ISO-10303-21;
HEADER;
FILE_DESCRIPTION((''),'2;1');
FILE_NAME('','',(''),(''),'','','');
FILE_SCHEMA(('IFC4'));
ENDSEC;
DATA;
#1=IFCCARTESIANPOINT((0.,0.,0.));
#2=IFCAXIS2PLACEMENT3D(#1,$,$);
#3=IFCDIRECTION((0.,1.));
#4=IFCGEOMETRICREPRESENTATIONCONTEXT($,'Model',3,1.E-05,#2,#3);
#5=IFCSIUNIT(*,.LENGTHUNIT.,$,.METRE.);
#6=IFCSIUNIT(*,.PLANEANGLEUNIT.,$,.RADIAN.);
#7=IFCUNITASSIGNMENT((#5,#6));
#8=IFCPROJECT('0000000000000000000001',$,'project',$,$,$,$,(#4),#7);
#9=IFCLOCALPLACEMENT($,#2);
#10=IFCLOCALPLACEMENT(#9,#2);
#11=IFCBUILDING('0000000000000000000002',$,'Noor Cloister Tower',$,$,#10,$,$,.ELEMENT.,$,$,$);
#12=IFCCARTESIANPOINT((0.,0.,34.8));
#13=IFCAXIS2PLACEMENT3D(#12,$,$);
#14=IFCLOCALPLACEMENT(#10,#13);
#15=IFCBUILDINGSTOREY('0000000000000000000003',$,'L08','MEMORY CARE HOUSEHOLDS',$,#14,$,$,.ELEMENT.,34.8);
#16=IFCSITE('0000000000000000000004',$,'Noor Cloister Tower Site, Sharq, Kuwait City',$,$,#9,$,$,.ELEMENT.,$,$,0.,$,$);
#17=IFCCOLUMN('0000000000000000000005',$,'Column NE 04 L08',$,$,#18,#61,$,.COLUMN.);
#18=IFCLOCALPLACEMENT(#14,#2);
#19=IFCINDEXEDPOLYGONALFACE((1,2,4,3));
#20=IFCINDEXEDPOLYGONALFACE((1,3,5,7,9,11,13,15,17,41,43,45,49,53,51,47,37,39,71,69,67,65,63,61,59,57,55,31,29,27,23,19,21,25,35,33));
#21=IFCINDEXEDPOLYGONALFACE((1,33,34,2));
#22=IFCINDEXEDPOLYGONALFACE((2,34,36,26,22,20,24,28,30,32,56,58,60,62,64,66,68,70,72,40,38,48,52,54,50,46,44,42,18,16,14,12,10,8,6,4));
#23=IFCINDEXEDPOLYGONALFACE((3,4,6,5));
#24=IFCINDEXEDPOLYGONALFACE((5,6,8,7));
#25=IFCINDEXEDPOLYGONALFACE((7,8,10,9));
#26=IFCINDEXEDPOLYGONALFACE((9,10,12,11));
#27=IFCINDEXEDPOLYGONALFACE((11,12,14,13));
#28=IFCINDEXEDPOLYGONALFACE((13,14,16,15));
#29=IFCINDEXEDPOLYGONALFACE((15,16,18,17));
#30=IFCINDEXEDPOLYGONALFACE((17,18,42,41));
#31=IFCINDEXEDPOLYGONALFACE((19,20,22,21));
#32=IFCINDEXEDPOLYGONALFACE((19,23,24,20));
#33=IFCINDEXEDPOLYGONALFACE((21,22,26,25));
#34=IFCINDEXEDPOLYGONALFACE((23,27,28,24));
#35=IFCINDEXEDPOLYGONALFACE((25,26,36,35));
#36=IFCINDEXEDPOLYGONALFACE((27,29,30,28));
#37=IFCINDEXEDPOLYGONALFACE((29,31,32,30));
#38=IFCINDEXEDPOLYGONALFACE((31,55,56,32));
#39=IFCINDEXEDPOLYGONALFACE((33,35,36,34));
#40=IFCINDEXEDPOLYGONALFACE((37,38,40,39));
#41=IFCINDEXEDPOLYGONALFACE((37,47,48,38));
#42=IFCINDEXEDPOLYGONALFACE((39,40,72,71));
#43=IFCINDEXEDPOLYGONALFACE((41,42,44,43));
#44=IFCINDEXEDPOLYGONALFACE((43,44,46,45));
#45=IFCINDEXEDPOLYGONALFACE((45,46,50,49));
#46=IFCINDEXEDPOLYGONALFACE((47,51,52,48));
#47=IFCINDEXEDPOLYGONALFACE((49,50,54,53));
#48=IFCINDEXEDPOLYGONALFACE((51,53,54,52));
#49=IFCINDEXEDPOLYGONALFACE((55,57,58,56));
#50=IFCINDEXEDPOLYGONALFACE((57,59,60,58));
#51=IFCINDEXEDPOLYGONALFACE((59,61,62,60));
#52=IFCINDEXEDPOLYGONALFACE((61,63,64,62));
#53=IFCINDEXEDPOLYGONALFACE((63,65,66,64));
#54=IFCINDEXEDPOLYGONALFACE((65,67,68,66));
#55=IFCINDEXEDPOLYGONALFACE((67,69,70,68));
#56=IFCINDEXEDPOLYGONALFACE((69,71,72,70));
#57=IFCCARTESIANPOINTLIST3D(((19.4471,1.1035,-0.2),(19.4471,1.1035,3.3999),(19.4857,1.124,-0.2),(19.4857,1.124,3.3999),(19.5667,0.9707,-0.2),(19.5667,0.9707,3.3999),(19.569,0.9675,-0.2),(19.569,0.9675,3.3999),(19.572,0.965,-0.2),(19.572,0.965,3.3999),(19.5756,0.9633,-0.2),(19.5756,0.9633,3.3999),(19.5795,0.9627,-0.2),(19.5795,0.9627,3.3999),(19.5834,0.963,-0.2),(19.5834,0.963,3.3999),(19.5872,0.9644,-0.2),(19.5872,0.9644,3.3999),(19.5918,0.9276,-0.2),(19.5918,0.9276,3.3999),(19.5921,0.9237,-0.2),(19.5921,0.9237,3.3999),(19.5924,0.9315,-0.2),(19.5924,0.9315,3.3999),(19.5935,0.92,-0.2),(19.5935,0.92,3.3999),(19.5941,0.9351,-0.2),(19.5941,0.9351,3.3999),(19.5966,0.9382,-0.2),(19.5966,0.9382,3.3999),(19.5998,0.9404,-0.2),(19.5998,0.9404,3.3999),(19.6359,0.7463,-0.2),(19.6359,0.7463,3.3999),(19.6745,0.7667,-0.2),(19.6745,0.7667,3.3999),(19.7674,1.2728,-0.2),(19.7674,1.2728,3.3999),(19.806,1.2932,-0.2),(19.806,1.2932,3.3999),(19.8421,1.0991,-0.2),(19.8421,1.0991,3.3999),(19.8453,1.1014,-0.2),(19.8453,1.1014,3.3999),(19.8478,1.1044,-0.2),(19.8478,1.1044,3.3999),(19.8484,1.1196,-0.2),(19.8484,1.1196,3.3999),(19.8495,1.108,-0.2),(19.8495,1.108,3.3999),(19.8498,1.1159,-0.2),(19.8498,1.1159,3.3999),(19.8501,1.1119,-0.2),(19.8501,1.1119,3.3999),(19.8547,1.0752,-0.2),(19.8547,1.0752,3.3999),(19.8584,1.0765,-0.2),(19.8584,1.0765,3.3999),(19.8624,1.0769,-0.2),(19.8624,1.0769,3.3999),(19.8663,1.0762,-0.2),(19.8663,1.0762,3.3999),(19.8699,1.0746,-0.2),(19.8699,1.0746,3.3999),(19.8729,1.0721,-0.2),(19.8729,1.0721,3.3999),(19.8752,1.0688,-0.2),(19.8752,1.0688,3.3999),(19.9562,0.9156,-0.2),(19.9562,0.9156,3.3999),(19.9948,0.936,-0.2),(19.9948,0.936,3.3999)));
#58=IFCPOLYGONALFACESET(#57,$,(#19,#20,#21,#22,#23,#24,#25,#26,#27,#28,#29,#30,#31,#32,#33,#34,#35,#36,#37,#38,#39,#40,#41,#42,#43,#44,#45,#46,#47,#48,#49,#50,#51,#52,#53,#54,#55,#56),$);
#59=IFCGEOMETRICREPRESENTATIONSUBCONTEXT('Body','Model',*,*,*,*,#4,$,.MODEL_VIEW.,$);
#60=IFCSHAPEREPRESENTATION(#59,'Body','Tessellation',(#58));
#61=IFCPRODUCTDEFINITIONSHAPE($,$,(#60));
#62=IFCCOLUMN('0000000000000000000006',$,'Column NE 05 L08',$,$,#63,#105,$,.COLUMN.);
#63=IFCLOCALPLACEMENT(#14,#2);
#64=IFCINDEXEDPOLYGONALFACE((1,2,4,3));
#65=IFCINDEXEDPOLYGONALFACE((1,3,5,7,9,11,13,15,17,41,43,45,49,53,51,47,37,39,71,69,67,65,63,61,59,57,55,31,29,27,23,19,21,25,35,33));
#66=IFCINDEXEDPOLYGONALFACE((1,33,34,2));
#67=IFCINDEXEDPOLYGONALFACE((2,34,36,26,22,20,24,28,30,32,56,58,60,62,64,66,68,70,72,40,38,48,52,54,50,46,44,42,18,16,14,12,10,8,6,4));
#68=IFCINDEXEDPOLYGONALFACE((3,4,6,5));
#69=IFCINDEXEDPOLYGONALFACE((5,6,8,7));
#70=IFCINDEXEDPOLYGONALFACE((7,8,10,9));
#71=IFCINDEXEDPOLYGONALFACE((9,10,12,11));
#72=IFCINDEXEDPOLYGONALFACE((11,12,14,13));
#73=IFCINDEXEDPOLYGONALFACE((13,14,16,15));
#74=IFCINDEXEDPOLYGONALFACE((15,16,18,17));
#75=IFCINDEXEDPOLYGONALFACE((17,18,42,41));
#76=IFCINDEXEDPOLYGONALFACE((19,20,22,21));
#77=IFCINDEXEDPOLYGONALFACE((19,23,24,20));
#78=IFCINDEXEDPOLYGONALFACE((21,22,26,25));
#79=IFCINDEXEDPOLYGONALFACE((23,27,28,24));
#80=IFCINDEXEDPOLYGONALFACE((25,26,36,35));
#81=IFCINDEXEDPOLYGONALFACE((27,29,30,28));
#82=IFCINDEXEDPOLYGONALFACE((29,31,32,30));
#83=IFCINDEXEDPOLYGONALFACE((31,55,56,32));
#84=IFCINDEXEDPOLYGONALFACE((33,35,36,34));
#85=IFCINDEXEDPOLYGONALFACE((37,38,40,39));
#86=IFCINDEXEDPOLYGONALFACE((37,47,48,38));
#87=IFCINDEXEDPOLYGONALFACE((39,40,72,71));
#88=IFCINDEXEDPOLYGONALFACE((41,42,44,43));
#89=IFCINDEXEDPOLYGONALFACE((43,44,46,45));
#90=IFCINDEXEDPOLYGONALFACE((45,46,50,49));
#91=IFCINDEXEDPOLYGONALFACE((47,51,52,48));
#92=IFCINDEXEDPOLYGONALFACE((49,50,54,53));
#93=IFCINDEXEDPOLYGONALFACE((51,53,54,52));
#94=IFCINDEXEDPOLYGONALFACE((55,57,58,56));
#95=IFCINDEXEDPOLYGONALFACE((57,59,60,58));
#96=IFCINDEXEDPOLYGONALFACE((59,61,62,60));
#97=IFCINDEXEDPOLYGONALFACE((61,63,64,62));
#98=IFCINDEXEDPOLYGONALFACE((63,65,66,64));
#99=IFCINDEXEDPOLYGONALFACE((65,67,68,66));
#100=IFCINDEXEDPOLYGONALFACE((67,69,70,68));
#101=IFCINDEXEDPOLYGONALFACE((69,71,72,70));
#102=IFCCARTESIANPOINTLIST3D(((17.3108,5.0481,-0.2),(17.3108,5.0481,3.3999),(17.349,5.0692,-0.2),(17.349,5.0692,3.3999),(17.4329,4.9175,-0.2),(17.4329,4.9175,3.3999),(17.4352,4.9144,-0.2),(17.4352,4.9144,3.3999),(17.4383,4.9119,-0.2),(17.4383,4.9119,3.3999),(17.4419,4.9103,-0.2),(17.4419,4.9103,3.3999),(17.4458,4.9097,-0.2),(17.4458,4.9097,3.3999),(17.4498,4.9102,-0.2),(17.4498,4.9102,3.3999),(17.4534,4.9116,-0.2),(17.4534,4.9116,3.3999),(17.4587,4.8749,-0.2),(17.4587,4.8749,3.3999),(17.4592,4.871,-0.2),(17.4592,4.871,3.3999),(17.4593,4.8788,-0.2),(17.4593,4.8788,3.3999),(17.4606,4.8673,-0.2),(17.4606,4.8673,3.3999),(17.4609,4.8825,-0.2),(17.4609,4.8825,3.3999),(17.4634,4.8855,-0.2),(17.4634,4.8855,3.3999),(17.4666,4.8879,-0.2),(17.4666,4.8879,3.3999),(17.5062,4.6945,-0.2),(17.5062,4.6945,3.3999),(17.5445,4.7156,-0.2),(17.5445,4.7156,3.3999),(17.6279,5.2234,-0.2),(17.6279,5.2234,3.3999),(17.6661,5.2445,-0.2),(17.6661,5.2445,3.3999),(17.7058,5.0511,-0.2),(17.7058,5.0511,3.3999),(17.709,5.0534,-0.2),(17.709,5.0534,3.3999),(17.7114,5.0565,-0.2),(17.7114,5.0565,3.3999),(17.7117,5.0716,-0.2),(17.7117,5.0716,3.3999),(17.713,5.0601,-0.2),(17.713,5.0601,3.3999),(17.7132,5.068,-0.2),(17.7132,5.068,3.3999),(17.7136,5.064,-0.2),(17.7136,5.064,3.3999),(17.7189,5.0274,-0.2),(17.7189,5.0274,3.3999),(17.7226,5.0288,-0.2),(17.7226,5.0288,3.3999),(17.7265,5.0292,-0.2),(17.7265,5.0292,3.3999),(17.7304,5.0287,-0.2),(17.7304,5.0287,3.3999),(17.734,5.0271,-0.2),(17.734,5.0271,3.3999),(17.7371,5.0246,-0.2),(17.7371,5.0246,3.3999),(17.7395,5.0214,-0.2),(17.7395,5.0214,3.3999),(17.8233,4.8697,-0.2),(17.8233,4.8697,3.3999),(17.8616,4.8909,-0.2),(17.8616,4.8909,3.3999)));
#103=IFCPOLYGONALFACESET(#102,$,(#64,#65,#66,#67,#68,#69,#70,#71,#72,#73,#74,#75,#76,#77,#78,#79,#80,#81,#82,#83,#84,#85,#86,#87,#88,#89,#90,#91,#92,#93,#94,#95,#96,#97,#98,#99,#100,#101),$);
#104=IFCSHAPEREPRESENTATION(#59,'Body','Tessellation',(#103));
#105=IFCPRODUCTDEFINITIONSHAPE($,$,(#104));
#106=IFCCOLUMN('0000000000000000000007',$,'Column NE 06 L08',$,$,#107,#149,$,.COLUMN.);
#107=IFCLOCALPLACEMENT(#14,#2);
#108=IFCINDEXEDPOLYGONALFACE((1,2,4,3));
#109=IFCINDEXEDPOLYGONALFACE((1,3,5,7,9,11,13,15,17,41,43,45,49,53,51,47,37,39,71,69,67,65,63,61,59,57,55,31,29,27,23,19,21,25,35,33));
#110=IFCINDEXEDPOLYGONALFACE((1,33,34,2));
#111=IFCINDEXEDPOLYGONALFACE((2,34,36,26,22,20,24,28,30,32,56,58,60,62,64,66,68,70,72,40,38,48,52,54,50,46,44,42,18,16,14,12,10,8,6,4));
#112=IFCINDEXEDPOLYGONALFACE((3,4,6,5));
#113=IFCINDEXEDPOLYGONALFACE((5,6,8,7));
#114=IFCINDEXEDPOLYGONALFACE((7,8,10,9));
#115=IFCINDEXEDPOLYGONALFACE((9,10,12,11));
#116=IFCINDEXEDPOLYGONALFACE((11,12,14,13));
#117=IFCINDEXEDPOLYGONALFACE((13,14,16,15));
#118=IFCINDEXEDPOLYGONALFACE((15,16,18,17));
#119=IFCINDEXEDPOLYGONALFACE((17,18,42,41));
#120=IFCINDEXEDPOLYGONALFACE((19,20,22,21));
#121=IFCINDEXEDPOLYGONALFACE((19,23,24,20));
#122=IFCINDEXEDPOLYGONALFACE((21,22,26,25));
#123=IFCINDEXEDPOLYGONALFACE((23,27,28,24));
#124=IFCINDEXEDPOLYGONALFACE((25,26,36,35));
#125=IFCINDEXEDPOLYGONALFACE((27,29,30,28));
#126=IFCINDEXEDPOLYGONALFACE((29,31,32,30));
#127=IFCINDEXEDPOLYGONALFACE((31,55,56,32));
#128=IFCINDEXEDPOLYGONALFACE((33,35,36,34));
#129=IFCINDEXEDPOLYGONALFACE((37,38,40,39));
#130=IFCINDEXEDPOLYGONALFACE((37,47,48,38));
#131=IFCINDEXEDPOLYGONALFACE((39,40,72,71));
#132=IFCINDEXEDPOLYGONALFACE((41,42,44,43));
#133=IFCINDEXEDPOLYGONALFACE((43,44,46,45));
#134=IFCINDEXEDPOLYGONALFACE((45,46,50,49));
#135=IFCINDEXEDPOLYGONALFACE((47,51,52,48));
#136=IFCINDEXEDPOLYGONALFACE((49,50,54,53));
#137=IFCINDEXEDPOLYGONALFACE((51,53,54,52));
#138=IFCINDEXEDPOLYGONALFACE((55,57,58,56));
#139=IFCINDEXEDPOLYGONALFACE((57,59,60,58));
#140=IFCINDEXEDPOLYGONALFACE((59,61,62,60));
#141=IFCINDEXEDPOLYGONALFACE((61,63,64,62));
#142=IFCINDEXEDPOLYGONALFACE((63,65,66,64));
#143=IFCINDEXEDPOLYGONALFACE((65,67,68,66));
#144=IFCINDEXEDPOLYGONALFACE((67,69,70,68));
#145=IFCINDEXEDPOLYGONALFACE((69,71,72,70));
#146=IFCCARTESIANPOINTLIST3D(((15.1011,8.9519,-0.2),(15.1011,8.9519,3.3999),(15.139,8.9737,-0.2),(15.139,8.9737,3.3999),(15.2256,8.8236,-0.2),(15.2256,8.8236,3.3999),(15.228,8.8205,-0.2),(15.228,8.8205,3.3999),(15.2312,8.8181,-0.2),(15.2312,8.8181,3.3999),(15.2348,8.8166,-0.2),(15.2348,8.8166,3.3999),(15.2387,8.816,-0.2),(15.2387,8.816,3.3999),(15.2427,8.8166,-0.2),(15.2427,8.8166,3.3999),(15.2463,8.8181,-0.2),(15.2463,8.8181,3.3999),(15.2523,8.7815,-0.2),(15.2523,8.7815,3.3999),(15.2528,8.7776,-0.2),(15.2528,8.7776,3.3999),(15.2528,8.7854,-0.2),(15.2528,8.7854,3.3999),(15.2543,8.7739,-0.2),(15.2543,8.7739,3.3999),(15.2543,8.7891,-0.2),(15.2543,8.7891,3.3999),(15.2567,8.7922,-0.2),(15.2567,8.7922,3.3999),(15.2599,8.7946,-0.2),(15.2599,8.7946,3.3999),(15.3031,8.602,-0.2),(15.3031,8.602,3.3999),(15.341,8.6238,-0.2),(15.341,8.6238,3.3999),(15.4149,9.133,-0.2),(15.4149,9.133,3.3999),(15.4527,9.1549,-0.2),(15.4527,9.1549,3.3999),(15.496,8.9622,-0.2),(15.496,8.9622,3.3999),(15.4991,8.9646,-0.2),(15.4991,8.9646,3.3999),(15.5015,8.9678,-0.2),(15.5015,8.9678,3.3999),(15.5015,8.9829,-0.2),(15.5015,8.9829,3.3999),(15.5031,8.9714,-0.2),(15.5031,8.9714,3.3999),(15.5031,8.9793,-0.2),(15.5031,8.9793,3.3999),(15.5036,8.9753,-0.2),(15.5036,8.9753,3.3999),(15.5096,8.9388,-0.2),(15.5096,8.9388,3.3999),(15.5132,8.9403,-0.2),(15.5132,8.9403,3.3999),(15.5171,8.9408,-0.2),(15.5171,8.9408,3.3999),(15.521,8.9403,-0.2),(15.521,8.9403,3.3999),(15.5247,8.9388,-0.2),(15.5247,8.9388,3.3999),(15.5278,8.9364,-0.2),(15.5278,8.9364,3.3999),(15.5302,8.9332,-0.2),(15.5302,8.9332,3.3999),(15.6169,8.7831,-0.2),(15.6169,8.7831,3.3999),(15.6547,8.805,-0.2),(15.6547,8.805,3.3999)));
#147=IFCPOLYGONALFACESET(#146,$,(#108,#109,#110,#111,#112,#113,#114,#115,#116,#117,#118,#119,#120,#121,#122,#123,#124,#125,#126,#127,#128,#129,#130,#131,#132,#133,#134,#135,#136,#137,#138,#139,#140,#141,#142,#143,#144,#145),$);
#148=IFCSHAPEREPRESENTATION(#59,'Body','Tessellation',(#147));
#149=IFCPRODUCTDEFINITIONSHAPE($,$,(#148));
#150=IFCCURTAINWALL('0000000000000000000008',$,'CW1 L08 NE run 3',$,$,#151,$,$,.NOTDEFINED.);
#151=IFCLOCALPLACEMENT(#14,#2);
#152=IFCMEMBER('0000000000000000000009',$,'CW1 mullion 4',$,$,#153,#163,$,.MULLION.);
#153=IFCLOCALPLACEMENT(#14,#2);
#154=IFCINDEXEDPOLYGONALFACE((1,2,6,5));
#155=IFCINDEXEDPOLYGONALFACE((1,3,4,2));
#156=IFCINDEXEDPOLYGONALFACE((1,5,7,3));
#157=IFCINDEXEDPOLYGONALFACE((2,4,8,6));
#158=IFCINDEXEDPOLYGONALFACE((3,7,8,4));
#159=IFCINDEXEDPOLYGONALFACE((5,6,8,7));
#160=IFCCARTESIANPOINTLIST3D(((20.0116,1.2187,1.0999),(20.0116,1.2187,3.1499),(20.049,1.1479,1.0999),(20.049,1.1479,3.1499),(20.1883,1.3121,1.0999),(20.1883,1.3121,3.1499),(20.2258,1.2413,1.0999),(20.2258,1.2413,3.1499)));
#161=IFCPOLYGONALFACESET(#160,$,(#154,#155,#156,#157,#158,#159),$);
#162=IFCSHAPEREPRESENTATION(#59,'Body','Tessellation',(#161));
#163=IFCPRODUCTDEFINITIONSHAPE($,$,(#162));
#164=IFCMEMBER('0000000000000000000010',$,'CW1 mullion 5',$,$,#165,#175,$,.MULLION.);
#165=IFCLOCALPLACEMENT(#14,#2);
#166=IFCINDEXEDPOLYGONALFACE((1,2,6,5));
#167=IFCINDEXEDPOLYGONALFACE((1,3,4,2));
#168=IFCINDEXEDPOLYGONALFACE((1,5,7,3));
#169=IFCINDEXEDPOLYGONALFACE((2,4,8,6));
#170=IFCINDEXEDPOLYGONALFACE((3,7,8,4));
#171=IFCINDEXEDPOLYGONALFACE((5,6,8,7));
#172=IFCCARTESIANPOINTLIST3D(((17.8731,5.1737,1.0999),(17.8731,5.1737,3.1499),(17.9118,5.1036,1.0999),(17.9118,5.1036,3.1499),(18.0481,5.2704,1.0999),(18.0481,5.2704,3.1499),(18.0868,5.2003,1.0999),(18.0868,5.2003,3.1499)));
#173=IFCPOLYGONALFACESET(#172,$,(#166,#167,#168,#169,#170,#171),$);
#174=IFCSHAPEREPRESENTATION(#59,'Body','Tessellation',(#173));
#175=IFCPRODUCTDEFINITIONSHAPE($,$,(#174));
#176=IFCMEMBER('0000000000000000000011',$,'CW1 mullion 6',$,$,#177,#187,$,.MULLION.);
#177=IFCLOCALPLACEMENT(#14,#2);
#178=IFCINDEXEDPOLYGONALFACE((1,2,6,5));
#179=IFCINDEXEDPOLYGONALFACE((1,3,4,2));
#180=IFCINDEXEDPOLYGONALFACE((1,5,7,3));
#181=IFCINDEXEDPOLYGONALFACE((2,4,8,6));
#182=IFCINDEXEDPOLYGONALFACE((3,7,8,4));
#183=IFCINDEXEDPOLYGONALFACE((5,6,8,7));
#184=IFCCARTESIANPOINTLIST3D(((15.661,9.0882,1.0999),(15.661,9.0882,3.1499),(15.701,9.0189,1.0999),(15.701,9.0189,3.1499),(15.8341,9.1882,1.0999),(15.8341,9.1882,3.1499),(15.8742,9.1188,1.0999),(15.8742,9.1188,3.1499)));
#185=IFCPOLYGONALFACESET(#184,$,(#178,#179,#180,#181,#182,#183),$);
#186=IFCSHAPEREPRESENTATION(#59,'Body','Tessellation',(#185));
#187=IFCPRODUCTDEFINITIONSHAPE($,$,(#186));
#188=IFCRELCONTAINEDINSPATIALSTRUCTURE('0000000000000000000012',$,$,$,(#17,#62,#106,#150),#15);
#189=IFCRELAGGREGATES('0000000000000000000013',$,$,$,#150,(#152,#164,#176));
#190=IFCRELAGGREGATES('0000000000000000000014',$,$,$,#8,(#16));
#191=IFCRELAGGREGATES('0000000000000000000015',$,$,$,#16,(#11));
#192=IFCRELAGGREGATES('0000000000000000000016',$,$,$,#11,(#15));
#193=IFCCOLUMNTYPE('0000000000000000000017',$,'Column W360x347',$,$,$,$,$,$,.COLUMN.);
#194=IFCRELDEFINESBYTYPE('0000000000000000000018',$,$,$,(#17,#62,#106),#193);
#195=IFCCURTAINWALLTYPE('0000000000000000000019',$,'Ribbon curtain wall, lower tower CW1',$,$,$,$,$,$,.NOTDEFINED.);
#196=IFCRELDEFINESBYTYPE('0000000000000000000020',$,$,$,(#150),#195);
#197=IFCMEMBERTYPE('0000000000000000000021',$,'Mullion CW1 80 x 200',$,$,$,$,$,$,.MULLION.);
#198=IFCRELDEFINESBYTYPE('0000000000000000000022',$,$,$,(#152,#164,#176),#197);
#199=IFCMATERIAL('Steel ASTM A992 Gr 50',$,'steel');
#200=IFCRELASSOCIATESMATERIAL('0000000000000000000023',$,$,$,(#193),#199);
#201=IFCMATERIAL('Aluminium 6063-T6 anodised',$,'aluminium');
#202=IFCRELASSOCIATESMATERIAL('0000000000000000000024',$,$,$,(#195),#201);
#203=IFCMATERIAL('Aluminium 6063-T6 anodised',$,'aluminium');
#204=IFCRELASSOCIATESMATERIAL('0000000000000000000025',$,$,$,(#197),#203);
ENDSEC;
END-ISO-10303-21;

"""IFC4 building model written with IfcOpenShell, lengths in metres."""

from ifc_helpers import new_model, si_unit, direction, frame, origin, origin_2d, place, context, subcontext, project, spatial, rectangle, i_section, extrude, material, material_profile, profile_set, type_object, element, aggregate, save


model = new_model("IFC4")

# Units and contexts
model_context = context("Model", 3, precision=1e-05, world=origin(), true_north=direction((0.0, 1.0)))
body_context = subcontext(model_context, "Body", "Model", "MODEL_VIEW")
ifc_project = project(units=[si_unit("LENGTHUNIT", "METRE"), si_unit("PLANEANGLEUNIT", "RADIAN")], contexts=[model_context])

# Site, building, storey
site_placement = place(None, origin())
site = spatial("IfcSite", under=ifc_project, at=site_placement, Name="Noor Cloister Tower Site, Sharq, Kuwait City", CompositionType="ELEMENT", RefElevation=0.0)
building_placement = place(site_placement, origin())
building = spatial("IfcBuilding", under=site, at=building_placement, Name="Noor Cloister Tower", CompositionType="ELEMENT")
storey_placement = place(building_placement, frame((0.0, 0.0, 34.8)))
storey = spatial("IfcBuildingStorey", under=building, at=storey_placement, Name="L08", Description="MEMORY CARE HOUSEHOLDS", CompositionType="ELEMENT", Elevation=34.8)

# Columns
ifc_material_1 = material(Name="Steel ASTM A992 Gr 50", Category="steel")
ifc_material_profile_1 = material_profile(ifc_material_1, i_section(OverallWidth=0.4041, OverallDepth=0.406, WebThickness=0.0271, FlangeThickness=0.0437, FilletRadius=0.0151, at=origin_2d()), Name="W360x347")
ifc_profile_set_1 = profile_set([ifc_material_profile_1], Name="Steel ASTM A992 Gr 50")
column_type = type_object("IfcColumnType", Name="Column W360x347", PredefinedType="COLUMN", material=ifc_profile_set_1)
for number, where, z_axis, x_axis, name in (
    (1, (19.7209, 1.0198, -0.2), (0.0, 0.0, 1.0), (-0.46722, 0.884141, 0.0), "Column NE 04 L08"),
    (2, (17.5862, 4.9695, -0.2), (0.0, 0.0, 1.0), (-0.483695, 0.875237, 0.0), "Column NE 05 L08"),
    (3, (15.3779, 8.8784, -0.2), (0.0, 0.0, 1.0), (-0.5, 0.866025, 0.0), "Column NE 06 L08"),
):
    element("IfcColumn", number, at=place(storey_placement, frame(where, z_axis=z_axis, x_axis=x_axis)), inside=storey, type_object=column_type, Name=name, PredefinedType="COLUMN", context=body_context, shape_type="SweptSolid", body=[
        extrude(i_section(OverallWidth=0.4041, OverallDepth=0.406, WebThickness=0.0271, FlangeThickness=0.0437, FilletRadius=0.0151, at=origin_2d()), origin(), (0.0, 0.0, 1.0), 3.5999),
    ])

# Curtain wall, members
ifc_material_2 = material(Name="Aluminium 6063-T6 anodised", Category="aluminium")
curtain_wall_type = type_object("IfcCurtainWallType", Name="Ribbon curtain wall, lower tower CW1", PredefinedType="NOTDEFINED", material=ifc_material_2)
curtain_wall_placement = place(storey_placement, origin())
curtain_wall = element("IfcCurtainWall", 4, at=curtain_wall_placement, inside=storey, type_object=curtain_wall_type, Name="CW1 L08 NE run 3", PredefinedType="NOTDEFINED")
ifc_material_3 = material(Name="Aluminium 6063-T6 anodised", Category="aluminium")
ifc_material_profile_2 = material_profile(ifc_material_3, rectangle(XDim=0.2, YDim=0.0801, at=origin_2d()), Name="200 x 80 mullion")
ifc_profile_set_2 = profile_set([ifc_material_profile_2], Name="Aluminium 6063-T6 anodised")
member_type = type_object("IfcMemberType", Name="Mullion CW1 80 x 200", PredefinedType="MULLION", material=ifc_profile_set_2)
member_1_placement = place(storey_placement, frame((20.1187, 1.23, 1.0999), z_axis=(0.0, 0.0, 1.0), x_axis=(-0.884141, -0.46722, 0.0)))
member_1 = element("IfcMember", 5, at=member_1_placement, type_object=member_type, Name="CW1 mullion 4", PredefinedType="MULLION", context=body_context, shape_type="SweptSolid", body=[
    extrude(rectangle(XDim=0.2, YDim=0.0801, at=origin_2d()), origin(), (0.0, 0.0, 1.0), 2.05),
])
member_2_placement = place(storey_placement, frame((17.98, 5.187, 1.0999), z_axis=(0.0, 0.0, 1.0), x_axis=(-0.875237, -0.483695, 0.0)))
member_2 = element("IfcMember", 6, at=member_2_placement, type_object=member_type, Name="CW1 mullion 5", PredefinedType="MULLION", context=body_context, shape_type="SweptSolid", body=[
    extrude(rectangle(XDim=0.2, YDim=0.0801, at=origin_2d()), origin(), (0.0, 0.0, 1.0), 2.05),
])
member_3_placement = place(storey_placement, frame((15.7676, 9.1035, 1.0999), z_axis=(0.0, 0.0, 1.0), x_axis=(-0.866025, -0.5, 0.0)))
member_3 = element("IfcMember", 7, at=member_3_placement, type_object=member_type, Name="CW1 mullion 6", PredefinedType="MULLION", context=body_context, shape_type="SweptSolid", body=[
    extrude(rectangle(XDim=0.2, YDim=0.0801, at=origin_2d()), origin(), (0.0, 0.0, 1.0), 2.05),
])

aggregate(curtain_wall, [member_1, member_2, member_3])

save(model, "model.ifc")
